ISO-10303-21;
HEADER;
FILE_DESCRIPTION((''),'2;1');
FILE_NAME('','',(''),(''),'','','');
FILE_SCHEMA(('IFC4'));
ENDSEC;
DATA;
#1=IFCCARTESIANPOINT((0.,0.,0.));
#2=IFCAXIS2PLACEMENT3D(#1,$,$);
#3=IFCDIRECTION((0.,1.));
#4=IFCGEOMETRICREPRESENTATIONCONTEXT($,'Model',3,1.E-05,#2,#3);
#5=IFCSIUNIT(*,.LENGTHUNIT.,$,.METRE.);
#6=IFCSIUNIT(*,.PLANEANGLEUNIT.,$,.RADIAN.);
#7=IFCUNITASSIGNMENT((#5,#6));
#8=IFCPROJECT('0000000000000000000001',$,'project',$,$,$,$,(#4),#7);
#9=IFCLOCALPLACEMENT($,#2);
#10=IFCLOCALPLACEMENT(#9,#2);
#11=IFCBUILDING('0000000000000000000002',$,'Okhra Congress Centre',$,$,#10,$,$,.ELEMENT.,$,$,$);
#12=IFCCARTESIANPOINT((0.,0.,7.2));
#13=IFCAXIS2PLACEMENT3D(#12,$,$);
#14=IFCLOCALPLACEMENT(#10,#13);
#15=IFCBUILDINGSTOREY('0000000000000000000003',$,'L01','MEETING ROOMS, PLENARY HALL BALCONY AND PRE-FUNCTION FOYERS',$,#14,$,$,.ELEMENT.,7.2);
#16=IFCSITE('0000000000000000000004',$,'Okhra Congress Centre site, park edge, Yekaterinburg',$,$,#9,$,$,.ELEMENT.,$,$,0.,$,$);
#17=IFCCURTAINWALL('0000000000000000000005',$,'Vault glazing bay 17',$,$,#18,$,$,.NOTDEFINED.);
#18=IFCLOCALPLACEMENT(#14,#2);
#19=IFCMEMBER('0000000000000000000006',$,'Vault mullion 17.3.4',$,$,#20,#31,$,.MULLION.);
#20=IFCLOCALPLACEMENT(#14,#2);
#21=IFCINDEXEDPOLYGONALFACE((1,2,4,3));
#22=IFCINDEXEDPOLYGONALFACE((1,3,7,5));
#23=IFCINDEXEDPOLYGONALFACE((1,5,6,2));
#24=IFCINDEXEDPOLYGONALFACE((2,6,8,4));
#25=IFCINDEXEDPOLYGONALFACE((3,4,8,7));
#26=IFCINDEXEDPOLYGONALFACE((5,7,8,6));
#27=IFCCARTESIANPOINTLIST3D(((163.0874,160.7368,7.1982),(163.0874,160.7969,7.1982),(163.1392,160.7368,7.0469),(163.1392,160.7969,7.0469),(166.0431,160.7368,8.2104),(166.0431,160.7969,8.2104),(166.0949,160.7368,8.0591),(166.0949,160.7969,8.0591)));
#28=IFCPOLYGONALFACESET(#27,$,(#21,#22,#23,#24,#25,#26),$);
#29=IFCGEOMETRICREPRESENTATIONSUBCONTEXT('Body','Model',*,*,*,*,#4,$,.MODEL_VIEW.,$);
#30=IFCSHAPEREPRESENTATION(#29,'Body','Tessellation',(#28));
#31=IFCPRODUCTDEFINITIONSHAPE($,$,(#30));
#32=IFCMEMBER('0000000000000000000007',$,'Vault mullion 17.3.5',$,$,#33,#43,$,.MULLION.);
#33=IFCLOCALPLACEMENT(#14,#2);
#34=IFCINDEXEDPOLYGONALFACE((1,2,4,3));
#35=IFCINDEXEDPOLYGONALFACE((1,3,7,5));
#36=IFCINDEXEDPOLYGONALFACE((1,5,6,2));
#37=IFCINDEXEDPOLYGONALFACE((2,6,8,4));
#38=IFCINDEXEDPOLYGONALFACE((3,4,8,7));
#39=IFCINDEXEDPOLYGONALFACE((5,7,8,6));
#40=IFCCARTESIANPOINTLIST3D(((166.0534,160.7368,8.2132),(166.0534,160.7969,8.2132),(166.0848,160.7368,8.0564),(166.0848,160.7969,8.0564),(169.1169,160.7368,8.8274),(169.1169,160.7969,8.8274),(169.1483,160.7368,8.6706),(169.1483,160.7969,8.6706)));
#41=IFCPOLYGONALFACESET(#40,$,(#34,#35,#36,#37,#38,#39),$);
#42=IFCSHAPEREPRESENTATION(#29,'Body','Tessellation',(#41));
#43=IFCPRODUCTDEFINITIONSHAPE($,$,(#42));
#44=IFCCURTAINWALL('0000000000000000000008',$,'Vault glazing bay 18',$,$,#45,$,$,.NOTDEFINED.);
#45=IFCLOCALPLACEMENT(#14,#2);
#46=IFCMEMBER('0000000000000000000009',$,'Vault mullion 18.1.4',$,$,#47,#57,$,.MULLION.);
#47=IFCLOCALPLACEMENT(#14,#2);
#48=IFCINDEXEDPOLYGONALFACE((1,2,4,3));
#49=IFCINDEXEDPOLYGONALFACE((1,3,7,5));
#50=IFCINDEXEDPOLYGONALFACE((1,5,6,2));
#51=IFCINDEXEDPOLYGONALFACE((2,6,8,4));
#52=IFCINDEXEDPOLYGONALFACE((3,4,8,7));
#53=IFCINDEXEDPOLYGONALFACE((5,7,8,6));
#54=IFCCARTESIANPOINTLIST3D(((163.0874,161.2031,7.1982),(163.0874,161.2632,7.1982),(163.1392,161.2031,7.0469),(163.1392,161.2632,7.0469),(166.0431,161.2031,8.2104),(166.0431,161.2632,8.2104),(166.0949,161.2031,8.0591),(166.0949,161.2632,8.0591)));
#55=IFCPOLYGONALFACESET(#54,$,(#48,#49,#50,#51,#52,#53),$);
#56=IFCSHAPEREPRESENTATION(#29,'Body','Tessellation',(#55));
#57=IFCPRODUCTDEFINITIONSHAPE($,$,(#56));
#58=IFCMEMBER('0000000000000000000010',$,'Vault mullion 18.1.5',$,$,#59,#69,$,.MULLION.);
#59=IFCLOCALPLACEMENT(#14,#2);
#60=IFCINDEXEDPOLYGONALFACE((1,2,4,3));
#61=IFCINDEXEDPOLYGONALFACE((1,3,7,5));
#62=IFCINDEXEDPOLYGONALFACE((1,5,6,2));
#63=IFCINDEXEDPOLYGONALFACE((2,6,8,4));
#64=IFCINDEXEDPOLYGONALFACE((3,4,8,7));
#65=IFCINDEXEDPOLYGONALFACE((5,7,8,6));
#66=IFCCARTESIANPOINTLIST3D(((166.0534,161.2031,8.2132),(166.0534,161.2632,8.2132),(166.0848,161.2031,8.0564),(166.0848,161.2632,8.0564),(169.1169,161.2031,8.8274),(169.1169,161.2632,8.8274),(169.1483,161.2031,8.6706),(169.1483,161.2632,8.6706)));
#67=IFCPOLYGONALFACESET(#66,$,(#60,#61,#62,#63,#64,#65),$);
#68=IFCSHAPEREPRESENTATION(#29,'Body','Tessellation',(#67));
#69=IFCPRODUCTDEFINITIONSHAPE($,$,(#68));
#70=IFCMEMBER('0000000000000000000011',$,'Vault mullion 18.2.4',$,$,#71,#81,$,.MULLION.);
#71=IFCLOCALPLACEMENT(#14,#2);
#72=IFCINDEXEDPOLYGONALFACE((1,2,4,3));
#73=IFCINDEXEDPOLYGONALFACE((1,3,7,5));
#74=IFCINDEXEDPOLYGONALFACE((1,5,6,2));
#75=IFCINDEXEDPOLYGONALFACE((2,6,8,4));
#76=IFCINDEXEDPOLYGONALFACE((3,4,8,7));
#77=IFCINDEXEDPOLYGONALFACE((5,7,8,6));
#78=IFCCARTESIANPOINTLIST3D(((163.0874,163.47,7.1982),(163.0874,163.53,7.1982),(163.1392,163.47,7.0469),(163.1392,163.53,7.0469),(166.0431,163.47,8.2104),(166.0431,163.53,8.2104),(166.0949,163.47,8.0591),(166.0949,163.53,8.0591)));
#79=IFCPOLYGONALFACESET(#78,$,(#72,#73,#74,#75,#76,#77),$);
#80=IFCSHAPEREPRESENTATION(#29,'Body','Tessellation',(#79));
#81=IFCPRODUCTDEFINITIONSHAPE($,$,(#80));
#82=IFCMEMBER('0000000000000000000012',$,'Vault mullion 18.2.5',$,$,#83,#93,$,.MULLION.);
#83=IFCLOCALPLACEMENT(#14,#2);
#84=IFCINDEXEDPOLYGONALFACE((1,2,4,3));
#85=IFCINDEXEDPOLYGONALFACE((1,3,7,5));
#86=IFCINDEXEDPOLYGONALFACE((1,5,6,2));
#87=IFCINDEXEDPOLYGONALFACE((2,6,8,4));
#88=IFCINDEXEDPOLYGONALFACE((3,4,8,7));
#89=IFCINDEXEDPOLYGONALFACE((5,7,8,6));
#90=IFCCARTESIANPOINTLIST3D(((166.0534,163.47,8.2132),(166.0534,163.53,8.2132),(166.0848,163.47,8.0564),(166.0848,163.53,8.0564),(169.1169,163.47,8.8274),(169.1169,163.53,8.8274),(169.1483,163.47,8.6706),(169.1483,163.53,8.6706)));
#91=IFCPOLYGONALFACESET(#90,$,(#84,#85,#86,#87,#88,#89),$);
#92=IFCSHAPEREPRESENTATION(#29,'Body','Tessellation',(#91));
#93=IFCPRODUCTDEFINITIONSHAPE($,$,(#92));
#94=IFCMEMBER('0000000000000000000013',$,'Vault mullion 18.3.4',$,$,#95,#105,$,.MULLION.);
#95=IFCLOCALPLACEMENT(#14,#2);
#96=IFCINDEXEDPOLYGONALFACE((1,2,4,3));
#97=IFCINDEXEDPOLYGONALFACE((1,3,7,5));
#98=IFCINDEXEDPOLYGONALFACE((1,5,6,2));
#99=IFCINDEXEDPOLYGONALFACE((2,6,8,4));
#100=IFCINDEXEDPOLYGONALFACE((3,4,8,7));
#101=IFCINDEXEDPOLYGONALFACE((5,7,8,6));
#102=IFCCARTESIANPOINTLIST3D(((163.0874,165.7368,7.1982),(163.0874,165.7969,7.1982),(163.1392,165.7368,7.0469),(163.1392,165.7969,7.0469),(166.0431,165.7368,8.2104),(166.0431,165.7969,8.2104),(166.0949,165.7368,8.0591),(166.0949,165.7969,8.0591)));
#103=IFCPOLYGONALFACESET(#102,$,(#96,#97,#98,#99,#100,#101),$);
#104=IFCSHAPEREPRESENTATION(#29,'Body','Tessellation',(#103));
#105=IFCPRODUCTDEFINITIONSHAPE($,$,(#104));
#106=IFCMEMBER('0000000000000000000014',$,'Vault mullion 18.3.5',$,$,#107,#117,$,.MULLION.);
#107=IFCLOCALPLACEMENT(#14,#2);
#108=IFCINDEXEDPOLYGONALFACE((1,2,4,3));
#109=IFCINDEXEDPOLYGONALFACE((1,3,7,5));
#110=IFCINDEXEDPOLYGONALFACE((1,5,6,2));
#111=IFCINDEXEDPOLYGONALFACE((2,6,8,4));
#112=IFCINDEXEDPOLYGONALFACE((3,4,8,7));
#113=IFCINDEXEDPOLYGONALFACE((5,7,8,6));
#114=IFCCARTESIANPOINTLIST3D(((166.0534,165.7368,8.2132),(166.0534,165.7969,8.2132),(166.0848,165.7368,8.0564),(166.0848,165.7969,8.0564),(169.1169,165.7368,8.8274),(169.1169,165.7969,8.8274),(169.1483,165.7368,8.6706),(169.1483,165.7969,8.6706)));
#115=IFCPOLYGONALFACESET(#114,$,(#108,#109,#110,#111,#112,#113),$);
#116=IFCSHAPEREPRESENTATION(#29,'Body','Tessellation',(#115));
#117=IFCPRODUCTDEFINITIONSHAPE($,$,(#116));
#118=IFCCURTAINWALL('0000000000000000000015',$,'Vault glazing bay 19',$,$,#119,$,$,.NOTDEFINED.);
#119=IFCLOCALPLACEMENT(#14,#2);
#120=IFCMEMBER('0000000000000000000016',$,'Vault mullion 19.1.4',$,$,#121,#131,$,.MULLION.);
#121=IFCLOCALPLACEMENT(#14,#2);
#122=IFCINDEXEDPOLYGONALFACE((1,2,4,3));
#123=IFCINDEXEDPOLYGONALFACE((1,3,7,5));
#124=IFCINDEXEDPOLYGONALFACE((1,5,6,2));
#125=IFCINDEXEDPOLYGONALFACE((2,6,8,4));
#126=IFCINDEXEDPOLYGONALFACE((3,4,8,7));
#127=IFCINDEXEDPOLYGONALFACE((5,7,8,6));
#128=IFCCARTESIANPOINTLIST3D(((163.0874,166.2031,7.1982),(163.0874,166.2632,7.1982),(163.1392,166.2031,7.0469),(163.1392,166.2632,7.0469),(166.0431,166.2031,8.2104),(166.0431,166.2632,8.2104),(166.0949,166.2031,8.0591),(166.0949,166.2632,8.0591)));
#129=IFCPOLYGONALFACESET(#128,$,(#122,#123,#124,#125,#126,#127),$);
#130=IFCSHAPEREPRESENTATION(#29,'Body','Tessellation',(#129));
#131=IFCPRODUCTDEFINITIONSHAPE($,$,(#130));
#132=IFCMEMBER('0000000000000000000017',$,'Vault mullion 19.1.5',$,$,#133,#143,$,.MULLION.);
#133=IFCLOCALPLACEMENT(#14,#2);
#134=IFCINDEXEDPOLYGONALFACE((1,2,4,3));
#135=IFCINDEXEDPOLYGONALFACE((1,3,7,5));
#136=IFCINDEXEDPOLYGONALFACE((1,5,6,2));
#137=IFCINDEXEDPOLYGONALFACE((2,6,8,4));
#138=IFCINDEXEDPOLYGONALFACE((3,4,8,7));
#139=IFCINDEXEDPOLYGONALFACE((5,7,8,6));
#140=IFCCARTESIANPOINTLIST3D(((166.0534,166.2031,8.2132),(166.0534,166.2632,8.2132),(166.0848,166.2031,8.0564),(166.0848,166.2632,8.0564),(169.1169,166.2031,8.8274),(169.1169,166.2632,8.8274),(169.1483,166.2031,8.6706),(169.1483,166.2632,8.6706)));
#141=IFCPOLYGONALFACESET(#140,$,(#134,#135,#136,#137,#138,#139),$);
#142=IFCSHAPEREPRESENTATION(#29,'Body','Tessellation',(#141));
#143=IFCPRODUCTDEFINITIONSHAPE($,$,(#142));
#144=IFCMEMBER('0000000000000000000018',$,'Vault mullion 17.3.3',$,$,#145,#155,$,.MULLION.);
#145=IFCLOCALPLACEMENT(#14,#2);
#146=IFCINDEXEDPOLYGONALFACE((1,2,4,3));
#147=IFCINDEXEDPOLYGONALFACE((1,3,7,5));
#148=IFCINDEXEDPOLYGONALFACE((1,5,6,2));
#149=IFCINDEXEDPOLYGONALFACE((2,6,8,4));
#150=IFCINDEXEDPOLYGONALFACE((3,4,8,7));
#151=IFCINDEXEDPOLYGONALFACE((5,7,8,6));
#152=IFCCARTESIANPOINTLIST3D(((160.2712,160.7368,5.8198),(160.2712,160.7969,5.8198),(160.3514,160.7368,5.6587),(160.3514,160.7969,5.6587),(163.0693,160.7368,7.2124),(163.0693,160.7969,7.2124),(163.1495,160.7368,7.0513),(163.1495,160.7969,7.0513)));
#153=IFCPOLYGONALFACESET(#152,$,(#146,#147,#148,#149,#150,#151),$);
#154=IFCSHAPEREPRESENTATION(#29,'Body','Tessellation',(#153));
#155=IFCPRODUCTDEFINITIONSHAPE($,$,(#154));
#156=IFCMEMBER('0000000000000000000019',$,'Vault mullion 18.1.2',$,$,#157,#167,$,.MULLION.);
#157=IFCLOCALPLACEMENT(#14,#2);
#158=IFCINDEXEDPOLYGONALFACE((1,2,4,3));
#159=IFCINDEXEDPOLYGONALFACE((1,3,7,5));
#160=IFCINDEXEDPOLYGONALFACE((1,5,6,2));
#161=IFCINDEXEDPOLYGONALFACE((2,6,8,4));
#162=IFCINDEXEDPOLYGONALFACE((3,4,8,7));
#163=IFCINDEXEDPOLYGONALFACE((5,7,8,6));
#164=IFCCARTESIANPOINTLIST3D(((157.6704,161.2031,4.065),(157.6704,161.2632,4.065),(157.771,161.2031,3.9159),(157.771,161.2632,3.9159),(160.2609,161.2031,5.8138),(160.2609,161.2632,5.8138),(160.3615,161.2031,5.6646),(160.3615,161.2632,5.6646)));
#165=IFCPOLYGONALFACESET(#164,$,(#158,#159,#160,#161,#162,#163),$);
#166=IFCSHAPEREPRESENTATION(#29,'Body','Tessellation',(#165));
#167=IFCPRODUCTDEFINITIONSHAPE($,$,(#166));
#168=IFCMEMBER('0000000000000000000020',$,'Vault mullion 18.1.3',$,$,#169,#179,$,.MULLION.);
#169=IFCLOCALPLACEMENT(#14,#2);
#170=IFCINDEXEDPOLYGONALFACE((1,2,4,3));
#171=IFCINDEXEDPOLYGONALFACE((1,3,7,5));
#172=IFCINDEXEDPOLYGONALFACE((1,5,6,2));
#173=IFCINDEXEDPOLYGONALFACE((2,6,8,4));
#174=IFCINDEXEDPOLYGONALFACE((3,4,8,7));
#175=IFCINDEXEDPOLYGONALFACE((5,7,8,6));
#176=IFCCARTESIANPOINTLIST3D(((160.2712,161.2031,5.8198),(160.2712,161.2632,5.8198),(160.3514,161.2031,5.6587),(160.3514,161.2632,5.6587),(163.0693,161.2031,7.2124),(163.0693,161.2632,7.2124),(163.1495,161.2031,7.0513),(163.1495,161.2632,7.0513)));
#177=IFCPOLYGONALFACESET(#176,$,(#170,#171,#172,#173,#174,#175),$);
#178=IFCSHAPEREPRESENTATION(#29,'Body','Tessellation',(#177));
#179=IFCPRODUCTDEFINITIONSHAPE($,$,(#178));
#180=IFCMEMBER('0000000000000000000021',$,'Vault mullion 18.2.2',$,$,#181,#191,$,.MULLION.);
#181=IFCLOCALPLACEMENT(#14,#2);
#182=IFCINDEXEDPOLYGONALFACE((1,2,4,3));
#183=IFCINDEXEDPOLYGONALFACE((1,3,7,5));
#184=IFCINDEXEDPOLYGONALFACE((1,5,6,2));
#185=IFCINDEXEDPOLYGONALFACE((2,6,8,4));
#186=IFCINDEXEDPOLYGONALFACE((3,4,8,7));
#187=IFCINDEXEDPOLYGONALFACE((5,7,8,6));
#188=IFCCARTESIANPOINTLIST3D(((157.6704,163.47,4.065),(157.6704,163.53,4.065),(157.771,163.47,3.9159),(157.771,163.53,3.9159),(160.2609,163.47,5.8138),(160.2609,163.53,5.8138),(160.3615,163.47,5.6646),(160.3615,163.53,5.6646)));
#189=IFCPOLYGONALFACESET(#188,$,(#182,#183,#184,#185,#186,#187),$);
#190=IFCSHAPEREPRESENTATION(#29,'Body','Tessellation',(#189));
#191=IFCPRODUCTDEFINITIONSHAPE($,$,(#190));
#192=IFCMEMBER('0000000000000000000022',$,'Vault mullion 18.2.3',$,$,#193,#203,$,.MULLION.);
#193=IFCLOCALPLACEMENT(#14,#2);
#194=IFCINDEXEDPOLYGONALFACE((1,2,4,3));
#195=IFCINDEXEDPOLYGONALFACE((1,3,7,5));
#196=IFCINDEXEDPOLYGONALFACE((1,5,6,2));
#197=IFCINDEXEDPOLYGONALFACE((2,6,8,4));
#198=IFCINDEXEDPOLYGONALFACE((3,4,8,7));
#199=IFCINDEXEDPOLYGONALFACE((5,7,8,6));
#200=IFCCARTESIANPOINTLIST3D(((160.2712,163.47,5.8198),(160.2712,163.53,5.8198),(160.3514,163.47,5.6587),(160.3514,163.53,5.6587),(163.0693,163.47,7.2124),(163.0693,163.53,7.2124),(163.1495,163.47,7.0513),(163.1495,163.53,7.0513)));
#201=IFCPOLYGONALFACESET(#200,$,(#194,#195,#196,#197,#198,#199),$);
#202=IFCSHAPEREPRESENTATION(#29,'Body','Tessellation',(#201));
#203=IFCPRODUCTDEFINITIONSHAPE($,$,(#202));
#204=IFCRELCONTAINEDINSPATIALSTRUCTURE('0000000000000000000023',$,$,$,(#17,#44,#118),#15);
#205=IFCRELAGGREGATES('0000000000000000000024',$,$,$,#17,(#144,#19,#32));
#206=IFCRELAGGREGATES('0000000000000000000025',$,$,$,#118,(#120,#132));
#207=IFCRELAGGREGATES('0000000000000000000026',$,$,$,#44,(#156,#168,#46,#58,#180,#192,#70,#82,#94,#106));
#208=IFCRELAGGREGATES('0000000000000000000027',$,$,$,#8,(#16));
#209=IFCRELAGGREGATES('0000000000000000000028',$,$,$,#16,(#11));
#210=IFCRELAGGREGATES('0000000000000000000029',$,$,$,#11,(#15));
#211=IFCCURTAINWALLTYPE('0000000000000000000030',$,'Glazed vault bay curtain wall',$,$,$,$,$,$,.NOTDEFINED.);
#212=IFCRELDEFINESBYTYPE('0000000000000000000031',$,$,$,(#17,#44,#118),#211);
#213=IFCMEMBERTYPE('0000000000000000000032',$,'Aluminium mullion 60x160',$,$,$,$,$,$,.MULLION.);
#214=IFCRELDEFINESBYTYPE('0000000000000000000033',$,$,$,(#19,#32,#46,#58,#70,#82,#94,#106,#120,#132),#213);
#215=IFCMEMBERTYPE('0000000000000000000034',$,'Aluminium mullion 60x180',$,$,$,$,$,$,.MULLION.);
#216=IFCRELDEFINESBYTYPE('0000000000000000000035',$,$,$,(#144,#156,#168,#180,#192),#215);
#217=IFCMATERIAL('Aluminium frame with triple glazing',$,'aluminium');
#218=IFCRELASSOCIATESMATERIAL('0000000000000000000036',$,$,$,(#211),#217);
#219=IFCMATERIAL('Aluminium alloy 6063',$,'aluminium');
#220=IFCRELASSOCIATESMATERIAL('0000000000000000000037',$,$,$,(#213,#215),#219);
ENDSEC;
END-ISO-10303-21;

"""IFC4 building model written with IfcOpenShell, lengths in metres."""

from ifc_helpers import new_model, si_unit, direction, frame, origin, origin_2d, place, context, subcontext, project, spatial, rectangle, extrude, material, material_profile, profile_set, type_object, element, aggregate, save


model = new_model("IFC4")

# Units and contexts
model_context = context("Model", 3, precision=1e-05, world=origin(), true_north=direction((0.0, 1.0)))
body_context = subcontext(model_context, "Body", "Model", "MODEL_VIEW")
ifc_project = project(units=[si_unit("LENGTHUNIT", "METRE"), si_unit("PLANEANGLEUNIT", "RADIAN")], contexts=[model_context])

# Site, building, storey
site_placement = place(None, origin())
site = spatial("IfcSite", under=ifc_project, at=site_placement, Name="Okhra Congress Centre site, park edge, Yekaterinburg", CompositionType="ELEMENT", RefElevation=0.0)
building_placement = place(site_placement, origin())
building = spatial("IfcBuilding", under=site, at=building_placement, Name="Okhra Congress Centre", CompositionType="ELEMENT")
storey_placement = place(building_placement, frame((0.0, 0.0, 7.2)))
storey = spatial("IfcBuildingStorey", under=building, at=storey_placement, Name="L01", Description="MEETING ROOMS, PLENARY HALL BALCONY AND PRE-FUNCTION FOYERS", CompositionType="ELEMENT", Elevation=7.2)

# Curtain walls, members
ifc_material_1 = material(Name="Aluminium frame with triple glazing", Category="aluminium")
curtain_wall_type = type_object("IfcCurtainWallType", Name="Glazed vault bay curtain wall", PredefinedType="NOTDEFINED", material=ifc_material_1)
curtain_wall_1_placement = place(storey_placement, origin())
curtain_wall_1 = element("IfcCurtainWall", 1, at=curtain_wall_1_placement, inside=storey, type_object=curtain_wall_type, Name="Vault glazing bay 17", PredefinedType="NOTDEFINED")
ifc_material_2 = material(Name="Aluminium alloy 6063", Category="aluminium")
ifc_material_profile_1 = material_profile(ifc_material_2, rectangle(XDim=0.0601, YDim=0.1599, at=origin_2d()), Name="AL 60x160")
ifc_profile_set_1 = profile_set([ifc_material_profile_1], Name="Aluminium alloy 6063")
member_type_1 = type_object("IfcMemberType", Name="Aluminium mullion 60x160", PredefinedType="MULLION", material=ifc_profile_set_1)
member_1_placement = place(storey_placement, frame((163.1133, 160.7668, 7.1226), z_axis=(0.946065, 0.0, 0.323977), x_axis=(0.0, 1.0, 0.0)))
member_1 = element("IfcMember", 2, at=member_1_placement, type_object=member_type_1, Name="Vault mullion 17.3.4", PredefinedType="MULLION", context=body_context, shape_type="SweptSolid", body=[
    extrude(rectangle(XDim=0.0601, YDim=0.1599, at=origin_2d()), origin(), (0.0, 0.0, 1.0), 3.1243),
])
member_2_placement = place(storey_placement, frame((166.0691, 160.7668, 8.1348), z_axis=(0.980484, 0.0, 0.196597), x_axis=(0.0, 1.0, 0.0)))
member_2 = element("IfcMember", 3, at=member_2_placement, type_object=member_type_1, Name="Vault mullion 17.3.5", PredefinedType="MULLION", context=body_context, shape_type="SweptSolid", body=[
    extrude(rectangle(XDim=0.0601, YDim=0.1599, at=origin_2d()), origin(), (0.0, 0.0, 1.0), 3.1245),
])
curtain_wall_2_placement = place(storey_placement, origin())
curtain_wall_2 = element("IfcCurtainWall", 4, at=curtain_wall_2_placement, inside=storey, type_object=curtain_wall_type, Name="Vault glazing bay 18", PredefinedType="NOTDEFINED")
member_3_placement = place(storey_placement, frame((163.1133, 161.2332, 7.1226), z_axis=(0.946065, 0.0, 0.323977), x_axis=(0.0, 1.0, 0.0)))
member_3 = element("IfcMember", 5, at=member_3_placement, type_object=member_type_1, Name="Vault mullion 18.1.4", PredefinedType="MULLION", context=body_context, shape_type="SweptSolid", body=[
    extrude(rectangle(XDim=0.0601, YDim=0.1599, at=origin_2d()), origin(), (0.0, 0.0, 1.0), 3.1243),
])
member_4_placement = place(storey_placement, frame((166.0691, 161.2332, 8.1348), z_axis=(0.980484, 0.0, 0.196597), x_axis=(0.0, 1.0, 0.0)))
member_4 = element("IfcMember", 6, at=member_4_placement, type_object=member_type_1, Name="Vault mullion 18.1.5", PredefinedType="MULLION", context=body_context, shape_type="SweptSolid", body=[
    extrude(rectangle(XDim=0.0601, YDim=0.1599, at=origin_2d()), origin(), (0.0, 0.0, 1.0), 3.1245),
])
member_5_placement = place(storey_placement, frame((163.1133, 163.5, 7.1226), z_axis=(0.946065, 0.0, 0.323977), x_axis=(0.0, 1.0, 0.0)))
member_5 = element("IfcMember", 7, at=member_5_placement, type_object=member_type_1, Name="Vault mullion 18.2.4", PredefinedType="MULLION", context=body_context, shape_type="SweptSolid", body=[
    extrude(rectangle(XDim=0.0601, YDim=0.1599, at=origin_2d()), origin(), (0.0, 0.0, 1.0), 3.1243),
])
member_6_placement = place(storey_placement, frame((166.0691, 163.5, 8.1348), z_axis=(0.980484, 0.0, 0.196597), x_axis=(0.0, 1.0, 0.0)))
member_6 = element("IfcMember", 8, at=member_6_placement, type_object=member_type_1, Name="Vault mullion 18.2.5", PredefinedType="MULLION", context=body_context, shape_type="SweptSolid", body=[
    extrude(rectangle(XDim=0.0601, YDim=0.1599, at=origin_2d()), origin(), (0.0, 0.0, 1.0), 3.1245),
])
member_7_placement = place(storey_placement, frame((163.1133, 165.7668, 7.1226), z_axis=(0.946065, 0.0, 0.323977), x_axis=(0.0, 1.0, 0.0)))
member_7 = element("IfcMember", 9, at=member_7_placement, type_object=member_type_1, Name="Vault mullion 18.3.4", PredefinedType="MULLION", context=body_context, shape_type="SweptSolid", body=[
    extrude(rectangle(XDim=0.0601, YDim=0.1599, at=origin_2d()), origin(), (0.0, 0.0, 1.0), 3.1243),
])
member_8_placement = place(storey_placement, frame((166.0691, 165.7668, 8.1348), z_axis=(0.980484, 0.0, 0.196597), x_axis=(0.0, 1.0, 0.0)))
member_8 = element("IfcMember", 10, at=member_8_placement, type_object=member_type_1, Name="Vault mullion 18.3.5", PredefinedType="MULLION", context=body_context, shape_type="SweptSolid", body=[
    extrude(rectangle(XDim=0.0601, YDim=0.1599, at=origin_2d()), origin(), (0.0, 0.0, 1.0), 3.1245),
])
curtain_wall_3_placement = place(storey_placement, origin())
curtain_wall_3 = element("IfcCurtainWall", 11, at=curtain_wall_3_placement, inside=storey, type_object=curtain_wall_type, Name="Vault glazing bay 19", PredefinedType="NOTDEFINED")
member_9_placement = place(storey_placement, frame((163.1133, 166.2332, 7.1226), z_axis=(0.946065, 0.0, 0.323977), x_axis=(0.0, 1.0, 0.0)))
member_9 = element("IfcMember", 12, at=member_9_placement, type_object=member_type_1, Name="Vault mullion 19.1.4", PredefinedType="MULLION", context=body_context, shape_type="SweptSolid", body=[
    extrude(rectangle(XDim=0.0601, YDim=0.1599, at=origin_2d()), origin(), (0.0, 0.0, 1.0), 3.1243),
])
member_10_placement = place(storey_placement, frame((166.0691, 166.2332, 8.1348), z_axis=(0.980484, 0.0, 0.196597), x_axis=(0.0, 1.0, 0.0)))
member_10 = element("IfcMember", 13, at=member_10_placement, type_object=member_type_1, Name="Vault mullion 19.1.5", PredefinedType="MULLION", context=body_context, shape_type="SweptSolid", body=[
    extrude(rectangle(XDim=0.0601, YDim=0.1599, at=origin_2d()), origin(), (0.0, 0.0, 1.0), 3.1245),
])

# Members
ifc_material_profile_2 = material_profile(ifc_material_2, rectangle(XDim=0.0601, YDim=0.1799, at=origin_2d()), Name="AL 60x180")
ifc_profile_set_2 = profile_set([ifc_material_profile_2], Name="Aluminium alloy 6063")
member_type_2 = type_object("IfcMemberType", Name="Aluminium mullion 60x180", PredefinedType="MULLION", material=ifc_profile_set_2)
member_11_placement = place(storey_placement, frame((160.3113, 160.7668, 5.7393), z_axis=(0.895254, 0.0, 0.445557), x_axis=(0.0, 1.0, 0.0)))
member_11 = element("IfcMember", 14, at=member_11_placement, type_object=member_type_2, Name="Vault mullion 17.3.3", PredefinedType="MULLION", context=body_context, shape_type="SweptSolid", body=[
    extrude(rectangle(XDim=0.0601, YDim=0.1799, at=origin_2d()), origin(), (0.0, 0.0, 1.0), 3.1255),
])
aggregate(curtain_wall_1, [member_11, member_1, member_2])
member_12_placement = place(storey_placement, frame((157.7207, 161.2332, 3.9905), z_axis=(0.828828, 0.0, 0.559504), x_axis=(0.0, 1.0, 0.0)))
member_12 = element("IfcMember", 15, at=member_12_placement, type_object=member_type_2, Name="Vault mullion 18.1.2", PredefinedType="MULLION", context=body_context, shape_type="SweptSolid", body=[
    extrude(rectangle(XDim=0.0601, YDim=0.1799, at=origin_2d()), origin(), (0.0, 0.0, 1.0), 3.1255),
])
member_13_placement = place(storey_placement, frame((160.3113, 161.2332, 5.7393), z_axis=(0.895254, 0.0, 0.445557), x_axis=(0.0, 1.0, 0.0)))
member_13 = element("IfcMember", 16, at=member_13_placement, type_object=member_type_2, Name="Vault mullion 18.1.3", PredefinedType="MULLION", context=body_context, shape_type="SweptSolid", body=[
    extrude(rectangle(XDim=0.0601, YDim=0.1799, at=origin_2d()), origin(), (0.0, 0.0, 1.0), 3.1255),
])
member_14_placement = place(storey_placement, frame((157.7207, 163.5, 3.9905), z_axis=(0.828828, 0.0, 0.559504), x_axis=(0.0, 1.0, 0.0)))
member_14 = element("IfcMember", 17, at=member_14_placement, type_object=member_type_2, Name="Vault mullion 18.2.2", PredefinedType="MULLION", context=body_context, shape_type="SweptSolid", body=[
    extrude(rectangle(XDim=0.0601, YDim=0.1799, at=origin_2d()), origin(), (0.0, 0.0, 1.0), 3.1255),
])
member_15_placement = place(storey_placement, frame((160.3113, 163.5, 5.7393), z_axis=(0.895254, 0.0, 0.445557), x_axis=(0.0, 1.0, 0.0)))
member_15 = element("IfcMember", 18, at=member_15_placement, type_object=member_type_2, Name="Vault mullion 18.2.3", PredefinedType="MULLION", context=body_context, shape_type="SweptSolid", body=[
    extrude(rectangle(XDim=0.0601, YDim=0.1799, at=origin_2d()), origin(), (0.0, 0.0, 1.0), 3.1255),
])
aggregate(curtain_wall_3, [member_9, member_10])

aggregate(curtain_wall_2, [member_12, member_13, member_3, member_4, member_14, member_15, member_5, member_6, member_7, member_8])

save(model, "model.ifc")
